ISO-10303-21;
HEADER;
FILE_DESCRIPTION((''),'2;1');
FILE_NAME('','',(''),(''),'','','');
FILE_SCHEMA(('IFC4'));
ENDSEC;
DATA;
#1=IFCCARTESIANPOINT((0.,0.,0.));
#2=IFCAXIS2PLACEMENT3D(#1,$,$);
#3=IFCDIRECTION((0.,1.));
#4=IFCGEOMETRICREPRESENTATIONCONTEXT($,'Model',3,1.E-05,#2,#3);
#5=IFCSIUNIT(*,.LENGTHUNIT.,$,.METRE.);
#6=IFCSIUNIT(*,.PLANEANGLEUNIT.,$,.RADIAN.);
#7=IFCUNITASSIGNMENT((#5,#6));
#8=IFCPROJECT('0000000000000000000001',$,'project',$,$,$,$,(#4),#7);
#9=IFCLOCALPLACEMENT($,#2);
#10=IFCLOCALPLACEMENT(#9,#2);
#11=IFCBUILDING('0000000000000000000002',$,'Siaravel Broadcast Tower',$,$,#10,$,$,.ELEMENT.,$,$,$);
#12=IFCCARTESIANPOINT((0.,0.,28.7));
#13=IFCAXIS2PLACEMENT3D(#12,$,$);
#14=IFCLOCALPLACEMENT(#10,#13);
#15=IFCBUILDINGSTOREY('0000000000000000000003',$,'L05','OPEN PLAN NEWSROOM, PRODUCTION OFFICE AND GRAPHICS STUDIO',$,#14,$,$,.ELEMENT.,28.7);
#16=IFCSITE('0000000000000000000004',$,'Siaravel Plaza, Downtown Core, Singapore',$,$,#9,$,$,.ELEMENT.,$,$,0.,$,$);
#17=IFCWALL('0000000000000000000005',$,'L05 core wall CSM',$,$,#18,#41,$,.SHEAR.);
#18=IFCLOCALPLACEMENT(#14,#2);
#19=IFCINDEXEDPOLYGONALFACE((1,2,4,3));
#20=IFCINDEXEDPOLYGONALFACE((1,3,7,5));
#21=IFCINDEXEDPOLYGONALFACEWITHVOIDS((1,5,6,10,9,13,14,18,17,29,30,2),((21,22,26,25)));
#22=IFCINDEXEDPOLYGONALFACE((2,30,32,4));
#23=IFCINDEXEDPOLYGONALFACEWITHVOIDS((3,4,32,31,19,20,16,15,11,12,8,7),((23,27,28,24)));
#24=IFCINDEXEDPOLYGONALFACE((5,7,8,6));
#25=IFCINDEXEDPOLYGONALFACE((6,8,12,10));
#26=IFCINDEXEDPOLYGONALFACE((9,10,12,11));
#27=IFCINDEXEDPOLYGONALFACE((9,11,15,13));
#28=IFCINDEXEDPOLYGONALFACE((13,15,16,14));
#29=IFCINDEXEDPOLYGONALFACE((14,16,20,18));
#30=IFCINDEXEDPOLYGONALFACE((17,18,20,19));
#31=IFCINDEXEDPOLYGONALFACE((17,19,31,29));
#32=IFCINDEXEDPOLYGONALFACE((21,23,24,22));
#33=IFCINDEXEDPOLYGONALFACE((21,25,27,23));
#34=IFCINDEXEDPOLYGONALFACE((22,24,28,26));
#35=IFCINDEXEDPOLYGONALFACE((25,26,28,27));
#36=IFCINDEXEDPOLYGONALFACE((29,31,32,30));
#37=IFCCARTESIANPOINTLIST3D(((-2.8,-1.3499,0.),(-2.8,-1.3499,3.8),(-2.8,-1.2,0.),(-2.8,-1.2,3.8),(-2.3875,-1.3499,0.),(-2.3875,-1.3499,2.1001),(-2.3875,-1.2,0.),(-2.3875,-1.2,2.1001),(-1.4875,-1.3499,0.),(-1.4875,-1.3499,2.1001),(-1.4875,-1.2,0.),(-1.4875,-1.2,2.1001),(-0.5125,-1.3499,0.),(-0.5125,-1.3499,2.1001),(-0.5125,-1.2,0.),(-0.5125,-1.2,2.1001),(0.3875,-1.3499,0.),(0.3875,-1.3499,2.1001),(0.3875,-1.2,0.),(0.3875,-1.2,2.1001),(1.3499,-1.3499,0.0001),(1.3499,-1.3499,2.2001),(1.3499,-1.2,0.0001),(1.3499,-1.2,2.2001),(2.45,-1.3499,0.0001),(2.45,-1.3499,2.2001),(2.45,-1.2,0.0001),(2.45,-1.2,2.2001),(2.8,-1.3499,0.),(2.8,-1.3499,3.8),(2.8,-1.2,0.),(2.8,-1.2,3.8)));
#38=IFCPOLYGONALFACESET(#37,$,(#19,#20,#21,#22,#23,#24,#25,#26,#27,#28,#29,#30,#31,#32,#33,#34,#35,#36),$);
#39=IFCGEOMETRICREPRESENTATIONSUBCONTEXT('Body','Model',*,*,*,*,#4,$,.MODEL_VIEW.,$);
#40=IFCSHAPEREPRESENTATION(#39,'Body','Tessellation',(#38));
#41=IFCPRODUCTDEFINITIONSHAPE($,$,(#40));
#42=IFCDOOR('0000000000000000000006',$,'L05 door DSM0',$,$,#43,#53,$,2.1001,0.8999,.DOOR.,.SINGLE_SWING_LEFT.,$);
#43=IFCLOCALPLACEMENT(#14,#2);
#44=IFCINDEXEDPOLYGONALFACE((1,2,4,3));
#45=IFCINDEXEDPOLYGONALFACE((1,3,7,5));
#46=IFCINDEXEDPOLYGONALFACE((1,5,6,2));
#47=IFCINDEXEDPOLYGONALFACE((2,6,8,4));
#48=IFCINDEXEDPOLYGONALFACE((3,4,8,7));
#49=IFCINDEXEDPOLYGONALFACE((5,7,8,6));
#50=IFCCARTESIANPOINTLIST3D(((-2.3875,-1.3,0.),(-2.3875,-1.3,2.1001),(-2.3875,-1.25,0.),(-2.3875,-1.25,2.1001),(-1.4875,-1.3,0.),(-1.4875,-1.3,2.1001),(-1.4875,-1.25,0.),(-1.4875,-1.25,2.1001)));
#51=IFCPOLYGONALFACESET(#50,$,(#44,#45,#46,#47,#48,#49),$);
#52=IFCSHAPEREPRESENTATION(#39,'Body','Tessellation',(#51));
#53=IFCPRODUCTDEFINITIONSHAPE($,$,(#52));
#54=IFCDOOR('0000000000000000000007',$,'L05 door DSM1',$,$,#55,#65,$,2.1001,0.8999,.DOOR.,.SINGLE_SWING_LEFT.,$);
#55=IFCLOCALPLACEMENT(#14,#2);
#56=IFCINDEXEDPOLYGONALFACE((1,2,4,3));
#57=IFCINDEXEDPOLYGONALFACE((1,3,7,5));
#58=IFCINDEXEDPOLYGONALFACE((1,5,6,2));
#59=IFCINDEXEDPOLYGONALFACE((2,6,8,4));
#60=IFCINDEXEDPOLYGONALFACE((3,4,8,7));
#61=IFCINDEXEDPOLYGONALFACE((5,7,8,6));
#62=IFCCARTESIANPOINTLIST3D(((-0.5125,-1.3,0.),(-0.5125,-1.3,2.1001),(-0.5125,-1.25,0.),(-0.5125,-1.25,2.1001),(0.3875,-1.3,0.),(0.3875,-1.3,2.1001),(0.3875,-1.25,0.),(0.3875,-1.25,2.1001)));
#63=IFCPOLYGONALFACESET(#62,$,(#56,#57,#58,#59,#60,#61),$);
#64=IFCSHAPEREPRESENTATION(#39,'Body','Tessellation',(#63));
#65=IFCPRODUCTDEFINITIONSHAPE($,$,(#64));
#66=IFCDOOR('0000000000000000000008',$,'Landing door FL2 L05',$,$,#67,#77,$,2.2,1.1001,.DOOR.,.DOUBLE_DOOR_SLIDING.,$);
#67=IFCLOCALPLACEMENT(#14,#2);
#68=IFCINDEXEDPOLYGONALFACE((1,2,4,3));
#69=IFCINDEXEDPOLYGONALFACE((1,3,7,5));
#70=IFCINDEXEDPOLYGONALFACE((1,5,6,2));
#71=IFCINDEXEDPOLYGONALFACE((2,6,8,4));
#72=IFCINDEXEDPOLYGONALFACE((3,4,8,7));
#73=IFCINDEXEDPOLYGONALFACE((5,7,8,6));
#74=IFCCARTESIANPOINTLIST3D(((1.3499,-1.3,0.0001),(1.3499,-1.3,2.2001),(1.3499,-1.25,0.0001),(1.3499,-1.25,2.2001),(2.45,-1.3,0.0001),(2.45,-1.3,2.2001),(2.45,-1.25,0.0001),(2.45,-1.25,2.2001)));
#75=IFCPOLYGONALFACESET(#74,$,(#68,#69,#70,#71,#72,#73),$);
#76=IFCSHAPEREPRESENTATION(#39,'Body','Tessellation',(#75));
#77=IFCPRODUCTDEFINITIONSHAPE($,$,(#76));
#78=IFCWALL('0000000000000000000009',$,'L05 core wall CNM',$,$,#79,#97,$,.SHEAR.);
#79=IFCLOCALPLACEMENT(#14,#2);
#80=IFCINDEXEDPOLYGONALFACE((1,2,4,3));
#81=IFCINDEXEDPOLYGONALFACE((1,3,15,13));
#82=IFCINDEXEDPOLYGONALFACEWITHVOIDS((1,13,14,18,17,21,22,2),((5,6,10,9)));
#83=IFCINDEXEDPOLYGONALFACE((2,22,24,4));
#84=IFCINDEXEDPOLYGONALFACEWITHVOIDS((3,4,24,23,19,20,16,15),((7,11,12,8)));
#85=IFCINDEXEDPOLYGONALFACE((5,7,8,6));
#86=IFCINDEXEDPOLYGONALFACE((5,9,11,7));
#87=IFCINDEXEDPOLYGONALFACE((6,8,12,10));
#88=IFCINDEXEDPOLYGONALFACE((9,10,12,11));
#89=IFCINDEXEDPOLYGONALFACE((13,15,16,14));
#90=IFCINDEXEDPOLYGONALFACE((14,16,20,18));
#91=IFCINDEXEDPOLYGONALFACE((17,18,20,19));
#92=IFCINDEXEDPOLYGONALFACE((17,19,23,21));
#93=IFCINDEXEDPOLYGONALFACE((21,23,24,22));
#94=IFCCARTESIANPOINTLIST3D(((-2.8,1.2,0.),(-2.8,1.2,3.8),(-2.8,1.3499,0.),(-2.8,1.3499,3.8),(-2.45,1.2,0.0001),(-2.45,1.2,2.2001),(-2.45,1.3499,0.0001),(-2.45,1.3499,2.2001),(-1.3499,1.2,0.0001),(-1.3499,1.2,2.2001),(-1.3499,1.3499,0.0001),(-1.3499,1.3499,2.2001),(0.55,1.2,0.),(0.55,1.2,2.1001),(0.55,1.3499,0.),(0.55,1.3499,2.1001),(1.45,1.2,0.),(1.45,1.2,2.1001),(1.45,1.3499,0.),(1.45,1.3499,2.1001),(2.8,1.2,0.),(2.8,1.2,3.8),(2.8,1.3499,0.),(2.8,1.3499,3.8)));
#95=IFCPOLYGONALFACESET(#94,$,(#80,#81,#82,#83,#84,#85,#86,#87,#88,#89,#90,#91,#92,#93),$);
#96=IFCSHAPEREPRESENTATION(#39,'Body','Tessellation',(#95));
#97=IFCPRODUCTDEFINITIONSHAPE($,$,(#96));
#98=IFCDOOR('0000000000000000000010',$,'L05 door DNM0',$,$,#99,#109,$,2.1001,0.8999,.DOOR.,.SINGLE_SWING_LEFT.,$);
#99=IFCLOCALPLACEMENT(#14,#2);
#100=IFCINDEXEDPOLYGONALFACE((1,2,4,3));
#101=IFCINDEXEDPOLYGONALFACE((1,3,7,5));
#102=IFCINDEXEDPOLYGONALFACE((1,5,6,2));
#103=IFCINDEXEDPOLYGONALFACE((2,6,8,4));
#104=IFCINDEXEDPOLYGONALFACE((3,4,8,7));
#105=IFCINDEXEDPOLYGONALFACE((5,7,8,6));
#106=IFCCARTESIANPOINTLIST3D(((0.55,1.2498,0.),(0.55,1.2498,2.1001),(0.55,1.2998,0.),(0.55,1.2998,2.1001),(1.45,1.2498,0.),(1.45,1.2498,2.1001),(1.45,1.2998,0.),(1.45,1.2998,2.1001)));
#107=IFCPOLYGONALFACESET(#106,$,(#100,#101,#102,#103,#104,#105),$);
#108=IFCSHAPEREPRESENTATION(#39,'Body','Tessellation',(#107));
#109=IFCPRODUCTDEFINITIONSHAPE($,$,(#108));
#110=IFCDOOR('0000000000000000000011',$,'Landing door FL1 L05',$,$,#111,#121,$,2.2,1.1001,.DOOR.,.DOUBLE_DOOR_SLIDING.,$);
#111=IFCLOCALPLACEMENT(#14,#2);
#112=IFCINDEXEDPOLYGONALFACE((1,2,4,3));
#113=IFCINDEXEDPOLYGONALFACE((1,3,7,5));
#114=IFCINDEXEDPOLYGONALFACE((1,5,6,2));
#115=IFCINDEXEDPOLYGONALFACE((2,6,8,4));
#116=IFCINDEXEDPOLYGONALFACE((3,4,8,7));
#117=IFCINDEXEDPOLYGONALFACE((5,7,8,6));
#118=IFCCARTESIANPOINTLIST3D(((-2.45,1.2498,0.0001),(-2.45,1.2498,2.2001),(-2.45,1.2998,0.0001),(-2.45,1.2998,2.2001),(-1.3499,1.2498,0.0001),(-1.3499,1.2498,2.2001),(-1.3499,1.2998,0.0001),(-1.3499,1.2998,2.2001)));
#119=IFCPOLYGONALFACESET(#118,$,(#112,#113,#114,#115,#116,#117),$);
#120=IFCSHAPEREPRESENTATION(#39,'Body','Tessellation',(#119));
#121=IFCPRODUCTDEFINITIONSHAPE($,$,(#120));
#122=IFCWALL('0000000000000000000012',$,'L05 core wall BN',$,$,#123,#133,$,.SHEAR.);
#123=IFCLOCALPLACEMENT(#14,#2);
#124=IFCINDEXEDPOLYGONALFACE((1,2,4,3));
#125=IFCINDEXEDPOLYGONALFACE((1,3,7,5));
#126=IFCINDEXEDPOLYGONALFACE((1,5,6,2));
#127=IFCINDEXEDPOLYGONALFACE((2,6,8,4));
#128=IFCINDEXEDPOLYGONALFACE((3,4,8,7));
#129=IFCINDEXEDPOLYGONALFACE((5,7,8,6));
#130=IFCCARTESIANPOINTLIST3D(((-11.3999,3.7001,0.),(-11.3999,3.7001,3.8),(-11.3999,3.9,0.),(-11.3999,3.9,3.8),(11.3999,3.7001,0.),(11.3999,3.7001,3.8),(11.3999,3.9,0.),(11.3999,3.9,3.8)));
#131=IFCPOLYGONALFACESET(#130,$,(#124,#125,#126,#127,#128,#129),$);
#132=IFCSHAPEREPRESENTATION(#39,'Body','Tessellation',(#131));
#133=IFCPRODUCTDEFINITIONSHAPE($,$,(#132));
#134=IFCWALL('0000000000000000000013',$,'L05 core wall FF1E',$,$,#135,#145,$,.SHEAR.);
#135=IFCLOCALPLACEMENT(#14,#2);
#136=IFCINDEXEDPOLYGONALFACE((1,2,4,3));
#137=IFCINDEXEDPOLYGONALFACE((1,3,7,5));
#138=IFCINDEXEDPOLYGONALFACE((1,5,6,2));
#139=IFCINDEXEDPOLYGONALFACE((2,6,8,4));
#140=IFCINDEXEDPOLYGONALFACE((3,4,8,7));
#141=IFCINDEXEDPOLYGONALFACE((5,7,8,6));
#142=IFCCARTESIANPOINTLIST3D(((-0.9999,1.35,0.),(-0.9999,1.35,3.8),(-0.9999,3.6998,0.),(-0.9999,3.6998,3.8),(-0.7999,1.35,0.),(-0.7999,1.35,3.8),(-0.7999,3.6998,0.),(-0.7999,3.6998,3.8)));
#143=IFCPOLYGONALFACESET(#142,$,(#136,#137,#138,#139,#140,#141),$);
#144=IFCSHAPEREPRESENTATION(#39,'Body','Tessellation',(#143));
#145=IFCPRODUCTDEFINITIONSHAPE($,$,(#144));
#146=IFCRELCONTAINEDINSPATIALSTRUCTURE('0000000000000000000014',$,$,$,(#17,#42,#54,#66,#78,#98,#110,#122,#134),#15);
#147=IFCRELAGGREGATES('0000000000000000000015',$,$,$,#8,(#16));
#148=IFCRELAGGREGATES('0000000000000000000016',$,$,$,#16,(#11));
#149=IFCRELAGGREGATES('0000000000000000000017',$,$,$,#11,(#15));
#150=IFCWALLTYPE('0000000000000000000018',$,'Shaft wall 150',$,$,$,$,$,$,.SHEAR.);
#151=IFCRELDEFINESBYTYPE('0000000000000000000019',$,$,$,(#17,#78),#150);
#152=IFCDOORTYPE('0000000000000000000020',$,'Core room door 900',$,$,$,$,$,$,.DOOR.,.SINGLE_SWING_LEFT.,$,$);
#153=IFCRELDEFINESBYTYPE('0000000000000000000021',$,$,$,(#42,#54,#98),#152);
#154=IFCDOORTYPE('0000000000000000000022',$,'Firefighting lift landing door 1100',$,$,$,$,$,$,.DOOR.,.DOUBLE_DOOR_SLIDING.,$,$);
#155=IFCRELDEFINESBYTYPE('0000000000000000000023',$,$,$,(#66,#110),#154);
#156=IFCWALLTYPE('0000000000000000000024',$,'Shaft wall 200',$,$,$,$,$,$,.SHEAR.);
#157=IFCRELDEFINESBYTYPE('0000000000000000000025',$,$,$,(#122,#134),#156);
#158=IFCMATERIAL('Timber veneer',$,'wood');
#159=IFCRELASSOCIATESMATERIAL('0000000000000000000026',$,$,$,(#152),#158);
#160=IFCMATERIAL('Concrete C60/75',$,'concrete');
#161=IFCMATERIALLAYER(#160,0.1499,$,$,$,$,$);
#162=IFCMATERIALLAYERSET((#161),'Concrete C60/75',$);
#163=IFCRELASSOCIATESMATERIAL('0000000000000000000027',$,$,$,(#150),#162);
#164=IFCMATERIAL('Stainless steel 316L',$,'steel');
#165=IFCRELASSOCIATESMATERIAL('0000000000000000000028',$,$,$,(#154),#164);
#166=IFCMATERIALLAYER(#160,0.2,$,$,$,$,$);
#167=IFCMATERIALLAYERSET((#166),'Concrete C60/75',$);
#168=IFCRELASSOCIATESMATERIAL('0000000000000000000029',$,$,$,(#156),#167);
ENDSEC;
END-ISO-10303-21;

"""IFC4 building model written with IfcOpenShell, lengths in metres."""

from ifc_helpers import new_model, si_unit, direction, frame, frame_2d, origin, place, context, subcontext, project, spatial, rectangle, extrude, material, layer, layer_set, type_object, element, fill, save


model = new_model("IFC4")

# Units and contexts
model_context = context("Model", 3, precision=1e-05, world=origin(), true_north=direction((0.0, 1.0)))
body_context = subcontext(model_context, "Body", "Model", "MODEL_VIEW")
ifc_project = project(units=[si_unit("LENGTHUNIT", "METRE"), si_unit("PLANEANGLEUNIT", "RADIAN")], contexts=[model_context])

# Site, building, storey
site_placement = place(None, origin())
site = spatial("IfcSite", under=ifc_project, at=site_placement, Name="Siaravel Plaza, Downtown Core, Singapore", CompositionType="ELEMENT", RefElevation=0.0)
building_placement = place(site_placement, origin())
building = spatial("IfcBuilding", under=site, at=building_placement, Name="Siaravel Broadcast Tower", CompositionType="ELEMENT")
storey_placement = place(building_placement, frame((0.0, 0.0, 28.7)))
storey = spatial("IfcBuildingStorey", under=building, at=storey_placement, Name="L05", Description="OPEN PLAN NEWSROOM, PRODUCTION OFFICE AND GRAPHICS STUDIO", CompositionType="ELEMENT", Elevation=28.7)

# Shared definitions
ifc_material_1 = material(Name="Timber veneer", Category="wood")
door_type_1 = type_object("IfcDoorType", Name="Core room door 900", OperationType="SINGLE_SWING_LEFT", PredefinedType="DOOR", material=ifc_material_1)

# Walls, openings, doors
ifc_material_2 = material(Name="Concrete C60/75", Category="concrete")
ifc_layer_1 = layer(ifc_material_2, 0.1499)
ifc_layer_set_1 = layer_set([ifc_layer_1], Name="Concrete C60/75")
wall_type_1 = type_object("IfcWallType", Name="Shaft wall 150", PredefinedType="SHEAR", material=ifc_layer_set_1)
wall_1_placement = place(storey_placement, frame((-2.8, -1.2749, 0.0), z_axis=(0.0, 0.0, 1.0), x_axis=(1.0, 0.0, 0.0)))
wall_1 = element("IfcWall", 1, at=wall_1_placement, inside=storey, type_object=wall_type_1, Name="L05 core wall CSM", PredefinedType="SHEAR", context=body_context, shape_type="SweptSolid", body=[
    extrude(rectangle(XDim=5.6001, YDim=0.1499, at=frame_2d((2.8, 0.0))), origin(), (0.0, 0.0, 1.0), 3.8),
])
opening_1_placement = place(wall_1_placement, frame((4.1499, 0.0, 0.0)))
opening_1 = element("IfcOpeningElement", 2, at=opening_1_placement, cuts=wall_1, PredefinedType="OPENING", context=body_context, shape_type="SweptSolid", body=[
    extrude(rectangle(XDim=1.1001, YDim=2.2, at=frame_2d((0.55, 1.1001))), frame((0.0, 0.085, 0.0), z_axis=(0.0, -1.0, 0.0), x_axis=(1.0, 0.0, 0.0)), (0.0, 0.0, 1.0), 0.1699),
])
opening_2_placement = place(wall_1_placement, frame((0.4126, 0.0, 0.0)))
opening_2 = element("IfcOpeningElement", 3, at=opening_2_placement, cuts=wall_1, PredefinedType="OPENING", context=body_context, shape_type="SweptSolid", body=[
    extrude(rectangle(XDim=0.8999, YDim=2.1001, at=frame_2d((0.45, 1.05))), frame((0.0, 0.085, 0.0), z_axis=(0.0, -1.0, 0.0), x_axis=(1.0, 0.0, 0.0)), (0.0, 0.0, 1.0), 0.1699),
])
opening_3_placement = place(wall_1_placement, frame((2.2876, 0.0, 0.0)))
opening_3 = element("IfcOpeningElement", 4, at=opening_3_placement, cuts=wall_1, PredefinedType="OPENING", context=body_context, shape_type="SweptSolid", body=[
    extrude(rectangle(XDim=0.8999, YDim=2.1001, at=frame_2d((0.45, 1.05))), frame((0.0, 0.085, 0.0), z_axis=(0.0, -1.0, 0.0), x_axis=(1.0, 0.0, 0.0)), (0.0, 0.0, 1.0), 0.1699),
])
door_1_placement = place(opening_2_placement, origin())
door_1 = element("IfcDoor", 5, at=door_1_placement, inside=storey, type_object=door_type_1, Name="L05 door DSM0", OperationType="SINGLE_SWING_LEFT", OverallHeight=2.1001, OverallWidth=0.8999, PredefinedType="DOOR", context=body_context, shape_type="SweptSolid", body=[
    extrude(rectangle(XDim=0.8999, YDim=2.1001, at=frame_2d((0.45, 1.05))), frame((0.0, 0.0249, 0.0), z_axis=(0.0, -1.0, 0.0), x_axis=(1.0, 0.0, 0.0)), (0.0, 0.0, 1.0), 0.05),
])
fill(opening_2, door_1)
door_2_placement = place(opening_3_placement, origin())
door_2 = element("IfcDoor", 6, at=door_2_placement, inside=storey, type_object=door_type_1, Name="L05 door DSM1", OperationType="SINGLE_SWING_LEFT", OverallHeight=2.1001, OverallWidth=0.8999, PredefinedType="DOOR", context=body_context, shape_type="SweptSolid", body=[
    extrude(rectangle(XDim=0.8999, YDim=2.1001, at=frame_2d((0.45, 1.05))), frame((0.0, 0.0249, 0.0), z_axis=(0.0, -1.0, 0.0), x_axis=(1.0, 0.0, 0.0)), (0.0, 0.0, 1.0), 0.05),
])
fill(opening_3, door_2)
ifc_material_3 = material(Name="Stainless steel 316L", Category="steel")
door_type_2 = type_object("IfcDoorType", Name="Firefighting lift landing door 1100", OperationType="DOUBLE_DOOR_SLIDING", PredefinedType="DOOR", material=ifc_material_3)
door_3_placement = place(opening_1_placement, origin())
door_3 = element("IfcDoor", 7, at=door_3_placement, inside=storey, type_object=door_type_2, Name="Landing door FL2 L05", OperationType="DOUBLE_DOOR_SLIDING", OverallHeight=2.2, OverallWidth=1.1001, PredefinedType="DOOR", context=body_context, shape_type="SweptSolid", body=[
    extrude(rectangle(XDim=1.1001, YDim=2.2, at=frame_2d((0.55, 1.1001))), frame((0.0, 0.0249, 0.0), z_axis=(0.0, -1.0, 0.0), x_axis=(1.0, 0.0, 0.0)), (0.0, 0.0, 1.0), 0.05),
])
fill(opening_1, door_3)
wall_2_placement = place(storey_placement, frame((-2.8, 1.2749, 0.0), z_axis=(0.0, 0.0, 1.0), x_axis=(1.0, 0.0, 0.0)))
wall_2 = element("IfcWall", 8, at=wall_2_placement, inside=storey, type_object=wall_type_1, Name="L05 core wall CNM", PredefinedType="SHEAR", context=body_context, shape_type="SweptSolid", body=[
    extrude(rectangle(XDim=5.6001, YDim=0.1499, at=frame_2d((2.8, 0.0))), origin(), (0.0, 0.0, 1.0), 3.8),
])
opening_4_placement = place(wall_2_placement, frame((0.3501, 0.0, 0.0)))
opening_4 = element("IfcOpeningElement", 9, at=opening_4_placement, cuts=wall_2, PredefinedType="OPENING", context=body_context, shape_type="SweptSolid", body=[
    extrude(rectangle(XDim=1.1001, YDim=2.2, at=frame_2d((0.55, 1.1001))), frame((0.0, 0.085, 0.0), z_axis=(0.0, -1.0, 0.0), x_axis=(1.0, 0.0, 0.0)), (0.0, 0.0, 1.0), 0.1699),
])
opening_5_placement = place(wall_2_placement, frame((3.3501, 0.0, 0.0)))
opening_5 = element("IfcOpeningElement", 10, at=opening_5_placement, cuts=wall_2, PredefinedType="OPENING", context=body_context, shape_type="SweptSolid", body=[
    extrude(rectangle(XDim=0.8999, YDim=2.1001, at=frame_2d((0.45, 1.05))), frame((0.0, 0.085, 0.0), z_axis=(0.0, -1.0, 0.0), x_axis=(1.0, 0.0, 0.0)), (0.0, 0.0, 1.0), 0.1699),
])
door_4_placement = place(opening_5_placement, origin())
door_4 = element("IfcDoor", 11, at=door_4_placement, inside=storey, type_object=door_type_1, Name="L05 door DNM0", OperationType="SINGLE_SWING_LEFT", OverallHeight=2.1001, OverallWidth=0.8999, PredefinedType="DOOR", context=body_context, shape_type="SweptSolid", body=[
    extrude(rectangle(XDim=0.8999, YDim=2.1001, at=frame_2d((0.45, 1.05))), frame((0.0, 0.0249, 0.0), z_axis=(0.0, -1.0, 0.0), x_axis=(1.0, 0.0, 0.0)), (0.0, 0.0, 1.0), 0.05),
])
fill(opening_5, door_4)
door_5_placement = place(opening_4_placement, origin())
door_5 = element("IfcDoor", 12, at=door_5_placement, inside=storey, type_object=door_type_2, Name="Landing door FL1 L05", OperationType="DOUBLE_DOOR_SLIDING", OverallHeight=2.2, OverallWidth=1.1001, PredefinedType="DOOR", context=body_context, shape_type="SweptSolid", body=[
    extrude(rectangle(XDim=1.1001, YDim=2.2, at=frame_2d((0.55, 1.1001))), frame((0.0, 0.0249, 0.0), z_axis=(0.0, -1.0, 0.0), x_axis=(1.0, 0.0, 0.0)), (0.0, 0.0, 1.0), 0.05),
])
fill(opening_4, door_5)

# Walls
ifc_layer_2 = layer(ifc_material_2, 0.2)
ifc_layer_set_2 = layer_set([ifc_layer_2], Name="Concrete C60/75")
wall_type_2 = type_object("IfcWallType", Name="Shaft wall 200", PredefinedType="SHEAR", material=ifc_layer_set_2)
wall_3_placement = place(storey_placement, frame((-11.3999, 3.8, 0.0), z_axis=(0.0, 0.0, 1.0), x_axis=(1.0, 0.0, 0.0)))
element("IfcWall", 13, at=wall_3_placement, inside=storey, type_object=wall_type_2, Name="L05 core wall BN", PredefinedType="SHEAR", context=body_context, shape_type="SweptSolid", body=[
    extrude(rectangle(XDim=22.7998, YDim=0.2, at=frame_2d((11.3999, 0.0))), origin(), (0.0, 0.0, 1.0), 3.8),
])
wall_4_placement = place(storey_placement, frame((-0.8999, 1.3501, 0.0), z_axis=(0.0, 0.0, 1.0), x_axis=(0.0, 1.0, 0.0)))
element("IfcWall", 14, at=wall_4_placement, inside=storey, type_object=wall_type_2, Name="L05 core wall FF1E", PredefinedType="SHEAR", context=body_context, shape_type="SweptSolid", body=[
    extrude(rectangle(XDim=2.3499, YDim=0.2, at=frame_2d((1.1748, 0.0))), origin(), (0.0, 0.0, 1.0), 3.8),
])

save(model, "model.ifc")
